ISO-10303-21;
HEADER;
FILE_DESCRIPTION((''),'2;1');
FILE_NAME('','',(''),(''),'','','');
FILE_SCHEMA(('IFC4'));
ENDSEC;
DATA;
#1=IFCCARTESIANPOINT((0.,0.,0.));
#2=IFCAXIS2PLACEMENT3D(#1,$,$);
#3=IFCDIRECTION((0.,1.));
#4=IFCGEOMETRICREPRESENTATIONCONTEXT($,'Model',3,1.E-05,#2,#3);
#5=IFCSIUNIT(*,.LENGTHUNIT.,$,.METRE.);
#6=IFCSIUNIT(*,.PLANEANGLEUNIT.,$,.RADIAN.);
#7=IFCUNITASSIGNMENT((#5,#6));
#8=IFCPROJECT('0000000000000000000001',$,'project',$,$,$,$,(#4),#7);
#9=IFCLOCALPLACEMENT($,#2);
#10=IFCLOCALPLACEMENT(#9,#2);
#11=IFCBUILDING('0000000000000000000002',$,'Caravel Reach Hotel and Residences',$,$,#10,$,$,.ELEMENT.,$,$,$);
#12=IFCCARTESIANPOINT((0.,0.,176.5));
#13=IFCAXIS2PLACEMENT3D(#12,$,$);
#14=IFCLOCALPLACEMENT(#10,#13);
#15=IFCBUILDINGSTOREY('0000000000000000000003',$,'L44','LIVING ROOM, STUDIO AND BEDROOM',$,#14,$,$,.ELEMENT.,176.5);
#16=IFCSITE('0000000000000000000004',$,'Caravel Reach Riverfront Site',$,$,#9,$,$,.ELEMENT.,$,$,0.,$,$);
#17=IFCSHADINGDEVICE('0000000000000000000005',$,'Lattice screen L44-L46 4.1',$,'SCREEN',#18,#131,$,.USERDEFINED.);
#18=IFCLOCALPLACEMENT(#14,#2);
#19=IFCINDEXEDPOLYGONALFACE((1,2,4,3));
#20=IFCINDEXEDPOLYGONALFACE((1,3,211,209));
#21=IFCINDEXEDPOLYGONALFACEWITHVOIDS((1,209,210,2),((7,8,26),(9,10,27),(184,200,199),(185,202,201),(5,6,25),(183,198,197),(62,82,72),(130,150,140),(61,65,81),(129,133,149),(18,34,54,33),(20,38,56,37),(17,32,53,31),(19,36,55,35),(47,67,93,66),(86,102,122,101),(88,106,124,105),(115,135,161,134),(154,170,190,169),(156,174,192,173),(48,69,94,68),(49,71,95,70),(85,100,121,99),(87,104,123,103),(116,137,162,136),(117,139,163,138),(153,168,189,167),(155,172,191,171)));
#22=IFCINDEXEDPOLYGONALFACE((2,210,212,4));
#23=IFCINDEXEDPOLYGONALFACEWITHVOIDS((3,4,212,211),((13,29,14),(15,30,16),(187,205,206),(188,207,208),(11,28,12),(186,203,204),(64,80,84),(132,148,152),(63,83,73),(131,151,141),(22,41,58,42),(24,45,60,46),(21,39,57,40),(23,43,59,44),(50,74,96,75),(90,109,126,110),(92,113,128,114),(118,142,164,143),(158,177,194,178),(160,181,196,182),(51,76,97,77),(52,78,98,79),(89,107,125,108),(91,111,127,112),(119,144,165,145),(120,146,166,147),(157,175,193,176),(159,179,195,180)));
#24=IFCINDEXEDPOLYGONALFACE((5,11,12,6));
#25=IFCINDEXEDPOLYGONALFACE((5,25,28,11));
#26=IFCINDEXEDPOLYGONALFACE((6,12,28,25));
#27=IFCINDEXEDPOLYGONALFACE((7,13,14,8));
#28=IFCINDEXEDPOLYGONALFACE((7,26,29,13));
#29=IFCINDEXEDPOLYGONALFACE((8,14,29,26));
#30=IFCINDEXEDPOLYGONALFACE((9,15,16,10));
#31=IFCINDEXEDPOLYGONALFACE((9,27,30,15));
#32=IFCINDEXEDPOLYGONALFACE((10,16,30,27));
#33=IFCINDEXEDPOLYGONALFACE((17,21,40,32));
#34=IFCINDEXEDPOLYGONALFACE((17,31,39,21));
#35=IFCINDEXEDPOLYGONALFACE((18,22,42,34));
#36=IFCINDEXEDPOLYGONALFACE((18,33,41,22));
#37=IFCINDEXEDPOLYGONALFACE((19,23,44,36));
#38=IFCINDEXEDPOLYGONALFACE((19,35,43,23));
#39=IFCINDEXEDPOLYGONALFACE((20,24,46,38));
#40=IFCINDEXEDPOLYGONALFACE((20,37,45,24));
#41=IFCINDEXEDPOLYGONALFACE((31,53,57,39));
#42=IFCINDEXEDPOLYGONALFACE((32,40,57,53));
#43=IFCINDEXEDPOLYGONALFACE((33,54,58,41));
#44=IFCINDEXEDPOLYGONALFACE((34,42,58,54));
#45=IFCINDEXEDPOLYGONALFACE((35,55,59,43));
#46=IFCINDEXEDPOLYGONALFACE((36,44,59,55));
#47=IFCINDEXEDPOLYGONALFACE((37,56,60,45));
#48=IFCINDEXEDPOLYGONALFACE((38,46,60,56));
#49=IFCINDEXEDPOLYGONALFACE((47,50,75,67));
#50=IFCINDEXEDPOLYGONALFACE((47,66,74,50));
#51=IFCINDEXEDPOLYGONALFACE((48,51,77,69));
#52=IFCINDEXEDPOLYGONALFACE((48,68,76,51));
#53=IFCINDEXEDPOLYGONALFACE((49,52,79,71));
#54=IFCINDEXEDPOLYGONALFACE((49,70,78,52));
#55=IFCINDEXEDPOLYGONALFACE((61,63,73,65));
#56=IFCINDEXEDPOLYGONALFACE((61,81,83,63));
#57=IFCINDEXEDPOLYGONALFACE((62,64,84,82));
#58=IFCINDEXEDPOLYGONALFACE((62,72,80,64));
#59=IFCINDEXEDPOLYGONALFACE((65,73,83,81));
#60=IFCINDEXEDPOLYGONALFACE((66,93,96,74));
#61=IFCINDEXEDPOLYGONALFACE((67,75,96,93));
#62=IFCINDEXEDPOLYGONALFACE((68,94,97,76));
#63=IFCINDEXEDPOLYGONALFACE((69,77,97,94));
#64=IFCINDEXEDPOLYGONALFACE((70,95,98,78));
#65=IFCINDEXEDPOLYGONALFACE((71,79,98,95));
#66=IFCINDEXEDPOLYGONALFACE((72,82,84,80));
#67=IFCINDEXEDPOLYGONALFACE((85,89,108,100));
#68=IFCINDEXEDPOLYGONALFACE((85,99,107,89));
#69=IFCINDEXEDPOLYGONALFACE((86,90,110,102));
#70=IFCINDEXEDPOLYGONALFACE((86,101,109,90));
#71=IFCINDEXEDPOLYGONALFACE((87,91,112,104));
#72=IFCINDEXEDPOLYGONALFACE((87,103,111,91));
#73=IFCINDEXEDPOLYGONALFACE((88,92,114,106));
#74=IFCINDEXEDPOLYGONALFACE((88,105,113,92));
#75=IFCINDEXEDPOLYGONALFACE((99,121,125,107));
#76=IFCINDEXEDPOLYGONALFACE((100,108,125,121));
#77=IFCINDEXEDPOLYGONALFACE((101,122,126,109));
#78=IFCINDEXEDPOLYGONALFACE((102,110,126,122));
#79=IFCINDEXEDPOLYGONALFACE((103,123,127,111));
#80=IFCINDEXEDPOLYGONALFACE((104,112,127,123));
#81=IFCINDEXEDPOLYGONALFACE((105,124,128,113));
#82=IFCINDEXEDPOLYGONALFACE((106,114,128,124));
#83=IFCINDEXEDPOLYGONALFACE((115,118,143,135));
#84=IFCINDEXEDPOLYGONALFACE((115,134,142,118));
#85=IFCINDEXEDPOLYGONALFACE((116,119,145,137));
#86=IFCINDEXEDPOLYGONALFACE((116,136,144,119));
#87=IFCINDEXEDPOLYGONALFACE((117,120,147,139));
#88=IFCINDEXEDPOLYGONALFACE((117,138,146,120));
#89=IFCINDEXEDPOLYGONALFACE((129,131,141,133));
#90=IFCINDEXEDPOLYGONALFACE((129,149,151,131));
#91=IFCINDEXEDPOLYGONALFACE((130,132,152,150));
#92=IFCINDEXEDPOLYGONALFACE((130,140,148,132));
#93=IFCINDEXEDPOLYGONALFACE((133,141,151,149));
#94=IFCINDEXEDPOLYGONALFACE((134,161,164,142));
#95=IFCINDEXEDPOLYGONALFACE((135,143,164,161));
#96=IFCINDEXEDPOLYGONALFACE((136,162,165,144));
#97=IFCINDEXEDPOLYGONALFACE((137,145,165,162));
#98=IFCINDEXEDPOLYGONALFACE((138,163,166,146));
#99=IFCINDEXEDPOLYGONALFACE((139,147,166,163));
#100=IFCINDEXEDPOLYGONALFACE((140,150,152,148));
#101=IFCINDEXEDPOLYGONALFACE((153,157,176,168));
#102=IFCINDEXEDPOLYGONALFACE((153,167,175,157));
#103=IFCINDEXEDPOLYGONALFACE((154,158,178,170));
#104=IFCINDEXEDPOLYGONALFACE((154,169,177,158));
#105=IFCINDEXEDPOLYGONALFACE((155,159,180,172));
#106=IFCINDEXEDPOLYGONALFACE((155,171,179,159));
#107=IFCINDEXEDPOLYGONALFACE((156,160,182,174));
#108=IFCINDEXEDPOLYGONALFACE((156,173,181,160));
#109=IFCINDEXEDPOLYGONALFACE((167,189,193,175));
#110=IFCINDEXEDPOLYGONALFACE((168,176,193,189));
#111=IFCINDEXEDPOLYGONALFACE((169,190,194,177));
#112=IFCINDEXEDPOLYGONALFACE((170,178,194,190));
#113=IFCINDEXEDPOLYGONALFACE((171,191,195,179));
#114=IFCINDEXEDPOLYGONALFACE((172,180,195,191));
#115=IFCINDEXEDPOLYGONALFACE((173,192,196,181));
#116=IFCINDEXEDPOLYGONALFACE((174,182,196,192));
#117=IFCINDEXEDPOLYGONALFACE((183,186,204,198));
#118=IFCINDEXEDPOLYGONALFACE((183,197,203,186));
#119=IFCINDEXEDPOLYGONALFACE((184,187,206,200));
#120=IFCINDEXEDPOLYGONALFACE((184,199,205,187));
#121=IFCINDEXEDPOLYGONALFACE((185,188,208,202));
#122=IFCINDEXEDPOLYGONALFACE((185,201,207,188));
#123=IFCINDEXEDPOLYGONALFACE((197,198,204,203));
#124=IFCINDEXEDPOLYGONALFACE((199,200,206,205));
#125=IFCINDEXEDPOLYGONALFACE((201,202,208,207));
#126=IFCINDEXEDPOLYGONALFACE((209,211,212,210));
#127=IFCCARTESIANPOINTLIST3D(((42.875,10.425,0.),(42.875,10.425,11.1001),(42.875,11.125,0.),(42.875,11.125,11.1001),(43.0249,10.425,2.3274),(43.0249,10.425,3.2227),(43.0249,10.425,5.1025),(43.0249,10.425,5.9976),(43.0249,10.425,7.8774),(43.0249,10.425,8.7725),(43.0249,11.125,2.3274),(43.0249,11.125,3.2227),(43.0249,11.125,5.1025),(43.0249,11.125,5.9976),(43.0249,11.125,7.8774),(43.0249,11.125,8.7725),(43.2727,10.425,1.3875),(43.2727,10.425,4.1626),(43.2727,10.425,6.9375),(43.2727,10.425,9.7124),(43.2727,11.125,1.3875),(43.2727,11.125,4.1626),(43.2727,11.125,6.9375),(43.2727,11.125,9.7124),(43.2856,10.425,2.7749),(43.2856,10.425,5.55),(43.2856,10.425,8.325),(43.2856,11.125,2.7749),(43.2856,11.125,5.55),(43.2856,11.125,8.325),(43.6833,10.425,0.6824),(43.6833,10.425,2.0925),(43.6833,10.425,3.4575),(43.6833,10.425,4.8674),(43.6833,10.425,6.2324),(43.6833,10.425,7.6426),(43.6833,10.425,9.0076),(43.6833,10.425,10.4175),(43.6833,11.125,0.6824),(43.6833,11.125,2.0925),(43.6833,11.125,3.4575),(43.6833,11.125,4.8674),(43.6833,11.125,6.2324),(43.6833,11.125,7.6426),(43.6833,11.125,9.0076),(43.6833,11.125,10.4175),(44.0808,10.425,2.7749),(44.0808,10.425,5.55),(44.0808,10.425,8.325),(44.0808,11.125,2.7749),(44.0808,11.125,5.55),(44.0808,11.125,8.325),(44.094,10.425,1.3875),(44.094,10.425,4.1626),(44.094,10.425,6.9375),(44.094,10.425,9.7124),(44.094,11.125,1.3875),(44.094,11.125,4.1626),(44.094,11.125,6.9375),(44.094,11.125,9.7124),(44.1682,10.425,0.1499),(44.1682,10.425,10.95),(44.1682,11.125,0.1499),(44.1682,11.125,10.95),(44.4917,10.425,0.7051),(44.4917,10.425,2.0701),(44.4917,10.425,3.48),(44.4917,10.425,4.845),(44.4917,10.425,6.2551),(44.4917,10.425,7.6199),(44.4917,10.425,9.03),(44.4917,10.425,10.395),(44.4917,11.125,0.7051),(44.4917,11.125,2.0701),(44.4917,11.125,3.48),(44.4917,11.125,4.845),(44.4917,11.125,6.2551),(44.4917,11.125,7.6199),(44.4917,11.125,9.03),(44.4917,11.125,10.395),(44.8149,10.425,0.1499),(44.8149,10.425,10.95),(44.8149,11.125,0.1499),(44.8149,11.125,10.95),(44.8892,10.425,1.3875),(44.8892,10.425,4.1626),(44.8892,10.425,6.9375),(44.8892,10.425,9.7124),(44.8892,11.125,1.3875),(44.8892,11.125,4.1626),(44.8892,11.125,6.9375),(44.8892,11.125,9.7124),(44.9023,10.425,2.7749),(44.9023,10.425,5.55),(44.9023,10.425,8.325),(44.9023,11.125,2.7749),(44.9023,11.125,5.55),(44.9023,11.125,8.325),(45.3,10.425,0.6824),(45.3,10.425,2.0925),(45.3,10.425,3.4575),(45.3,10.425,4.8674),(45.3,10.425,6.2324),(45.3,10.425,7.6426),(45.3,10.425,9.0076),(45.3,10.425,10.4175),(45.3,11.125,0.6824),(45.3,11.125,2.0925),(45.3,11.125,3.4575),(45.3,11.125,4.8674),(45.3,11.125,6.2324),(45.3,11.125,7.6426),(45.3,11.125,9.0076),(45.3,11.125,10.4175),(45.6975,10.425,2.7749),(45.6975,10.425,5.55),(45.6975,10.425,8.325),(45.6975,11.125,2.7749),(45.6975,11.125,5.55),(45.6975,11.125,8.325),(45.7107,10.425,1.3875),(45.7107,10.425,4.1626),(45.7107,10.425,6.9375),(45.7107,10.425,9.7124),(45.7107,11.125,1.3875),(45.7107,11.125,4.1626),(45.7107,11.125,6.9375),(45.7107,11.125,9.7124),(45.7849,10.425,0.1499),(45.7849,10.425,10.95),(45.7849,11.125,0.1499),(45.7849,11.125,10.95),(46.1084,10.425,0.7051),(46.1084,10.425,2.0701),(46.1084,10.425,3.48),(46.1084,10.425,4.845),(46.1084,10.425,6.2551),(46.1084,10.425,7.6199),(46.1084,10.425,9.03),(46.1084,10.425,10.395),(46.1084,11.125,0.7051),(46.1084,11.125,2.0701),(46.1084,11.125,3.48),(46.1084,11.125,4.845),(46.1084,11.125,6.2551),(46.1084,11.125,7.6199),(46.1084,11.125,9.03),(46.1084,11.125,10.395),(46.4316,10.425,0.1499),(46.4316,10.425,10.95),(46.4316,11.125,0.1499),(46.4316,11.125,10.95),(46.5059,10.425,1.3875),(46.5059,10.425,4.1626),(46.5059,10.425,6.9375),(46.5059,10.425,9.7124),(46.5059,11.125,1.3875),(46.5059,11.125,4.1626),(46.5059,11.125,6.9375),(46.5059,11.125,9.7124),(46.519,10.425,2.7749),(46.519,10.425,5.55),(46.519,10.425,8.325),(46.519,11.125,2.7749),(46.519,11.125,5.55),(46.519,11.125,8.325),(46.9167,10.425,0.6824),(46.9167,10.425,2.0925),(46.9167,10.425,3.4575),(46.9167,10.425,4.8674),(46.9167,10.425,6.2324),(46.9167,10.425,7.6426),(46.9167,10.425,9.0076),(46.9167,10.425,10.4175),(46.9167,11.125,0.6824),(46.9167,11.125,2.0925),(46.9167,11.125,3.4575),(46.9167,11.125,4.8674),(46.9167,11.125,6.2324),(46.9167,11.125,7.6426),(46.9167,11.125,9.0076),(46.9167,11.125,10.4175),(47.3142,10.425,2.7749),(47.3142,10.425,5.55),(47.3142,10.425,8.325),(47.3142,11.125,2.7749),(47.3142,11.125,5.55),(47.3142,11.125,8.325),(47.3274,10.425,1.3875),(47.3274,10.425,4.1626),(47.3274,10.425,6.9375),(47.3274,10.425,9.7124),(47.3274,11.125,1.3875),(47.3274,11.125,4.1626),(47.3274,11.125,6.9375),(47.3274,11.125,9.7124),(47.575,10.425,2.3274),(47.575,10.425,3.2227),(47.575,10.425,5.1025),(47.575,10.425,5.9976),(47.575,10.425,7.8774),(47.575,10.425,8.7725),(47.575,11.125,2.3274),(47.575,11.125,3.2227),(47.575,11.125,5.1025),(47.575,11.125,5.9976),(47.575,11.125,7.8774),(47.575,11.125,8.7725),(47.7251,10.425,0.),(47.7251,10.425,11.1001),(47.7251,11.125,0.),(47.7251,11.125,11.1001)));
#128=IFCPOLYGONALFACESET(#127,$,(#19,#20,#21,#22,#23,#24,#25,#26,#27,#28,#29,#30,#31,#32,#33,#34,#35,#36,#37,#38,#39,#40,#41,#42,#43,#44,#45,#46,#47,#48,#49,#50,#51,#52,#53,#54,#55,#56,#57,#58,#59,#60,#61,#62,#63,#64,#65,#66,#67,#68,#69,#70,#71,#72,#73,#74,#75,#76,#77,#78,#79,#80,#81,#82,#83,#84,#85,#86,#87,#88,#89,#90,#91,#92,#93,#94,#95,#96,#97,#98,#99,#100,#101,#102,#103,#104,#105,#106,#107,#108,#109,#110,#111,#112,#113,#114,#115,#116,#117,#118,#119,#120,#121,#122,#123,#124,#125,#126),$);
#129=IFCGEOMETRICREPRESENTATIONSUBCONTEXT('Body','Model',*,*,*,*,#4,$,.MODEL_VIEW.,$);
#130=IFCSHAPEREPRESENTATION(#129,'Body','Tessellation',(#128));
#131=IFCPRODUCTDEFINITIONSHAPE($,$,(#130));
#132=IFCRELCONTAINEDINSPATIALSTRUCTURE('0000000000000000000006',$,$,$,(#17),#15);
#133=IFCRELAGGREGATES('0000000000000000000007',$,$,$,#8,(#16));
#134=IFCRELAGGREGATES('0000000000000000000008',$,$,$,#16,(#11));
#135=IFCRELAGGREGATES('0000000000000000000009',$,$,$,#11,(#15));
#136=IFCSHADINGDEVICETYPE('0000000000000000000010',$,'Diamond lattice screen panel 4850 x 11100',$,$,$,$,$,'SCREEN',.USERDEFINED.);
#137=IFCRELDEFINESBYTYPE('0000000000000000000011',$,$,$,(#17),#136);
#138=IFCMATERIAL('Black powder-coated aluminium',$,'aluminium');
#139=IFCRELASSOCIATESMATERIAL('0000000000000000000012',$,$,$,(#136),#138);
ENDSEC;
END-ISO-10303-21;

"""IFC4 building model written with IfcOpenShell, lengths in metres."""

from ifc_helpers import new_model, si_unit, direction, frame, origin, place, context, subcontext, project, spatial, polyline, outline, extrude, material, type_object, element, save


model = new_model("IFC4")

# Units and contexts
model_context = context("Model", 3, precision=1e-05, world=origin(), true_north=direction((0.0, 1.0)))
body_context = subcontext(model_context, "Body", "Model", "MODEL_VIEW")
ifc_project = project(units=[si_unit("LENGTHUNIT", "METRE"), si_unit("PLANEANGLEUNIT", "RADIAN")], contexts=[model_context])

# Site, building, storey
site_placement = place(None, origin())
site = spatial("IfcSite", under=ifc_project, at=site_placement, Name="Caravel Reach Riverfront Site", CompositionType="ELEMENT", RefElevation=0.0)
building_placement = place(site_placement, origin())
building = spatial("IfcBuilding", under=site, at=building_placement, Name="Caravel Reach Hotel and Residences", CompositionType="ELEMENT")
storey_placement = place(building_placement, frame((0.0, 0.0, 176.5)))
storey = spatial("IfcBuildingStorey", under=building, at=storey_placement, Name="L44", Description="LIVING ROOM, STUDIO AND BEDROOM", CompositionType="ELEMENT", Elevation=176.5)

# Shading device
ifc_material_1 = material(Name="Black powder-coated aluminium", Category="aluminium")
shading_device_type_1 = type_object("IfcShadingDeviceType", Name="Diamond lattice screen panel 4850 x 11100", ElementType="SCREEN", PredefinedType="USERDEFINED", material=ifc_material_1)
shading_device_1_placement = place(storey_placement, frame((42.875, 11.125, 0.0), z_axis=(0.0, -1.0, 0.0), x_axis=(1.0, 0.0, 0.0)))
element("IfcShadingDevice", 1, at=shading_device_1_placement, inside=storey, type_object=shading_device_type_1, Name="Lattice screen L44-L46 4.1", ObjectType="SCREEN", PredefinedType="USERDEFINED", context=body_context, shape_type="SweptSolid", body=[
    extrude(outline(polyline([(0.0, 0.0), (4.8501, 0.0), (4.8501, 11.1001), (0.0, 11.1001), (0.0, 0.0)]), holes=[polyline([(0.4106, 2.7749), (0.1499, 3.2227), (0.1499, 2.3274), (0.4106, 2.7749)]), polyline([(0.4106, 5.55), (0.1499, 5.9976), (0.1499, 5.1025), (0.4106, 5.55)]), polyline([(0.4106, 8.325), (0.1499, 8.7725), (0.1499, 7.8774), (0.4106, 8.325)]), polyline([(0.8083, 2.0925), (0.3977, 1.3875), (0.8083, 0.6824), (1.219, 1.3875), (0.8083, 2.0925)]), polyline([(0.8083, 4.8674), (0.3977, 4.1626), (0.8083, 3.4575), (1.219, 4.1626), (0.8083, 4.8674)]), polyline([(0.8083, 7.6426), (0.3977, 6.9375), (0.8083, 6.2324), (1.219, 6.9375), (0.8083, 7.6426)]), polyline([(0.8083, 10.4175), (0.3977, 9.7124), (0.8083, 9.0076), (1.219, 9.7124), (0.8083, 10.4175)]), polyline([(1.6167, 0.7051), (1.2932, 0.1499), (1.9399, 0.1499), (1.6167, 0.7051)]), polyline([(1.6167, 3.48), (1.2058, 2.7749), (1.6167, 2.0701), (2.0273, 2.7749), (1.6167, 3.48)]), polyline([(1.6167, 6.2551), (1.2058, 5.55), (1.6167, 4.845), (2.0273, 5.55), (1.6167, 6.2551)]), polyline([(1.6167, 9.03), (1.2058, 8.325), (1.6167, 7.6199), (2.0273, 8.325), (1.6167, 9.03)]), polyline([(1.6167, 10.395), (1.9399, 10.95), (1.2932, 10.95), (1.6167, 10.395)]), polyline([(2.425, 2.0925), (2.0142, 1.3875), (2.425, 0.6824), (2.8357, 1.3875), (2.425, 2.0925)]), polyline([(2.425, 4.8674), (2.0142, 4.1626), (2.425, 3.4575), (2.8357, 4.1626), (2.425, 4.8674)]), polyline([(2.425, 7.6426), (2.0142, 6.9375), (2.425, 6.2324), (2.8357, 6.9375), (2.425, 7.6426)]), polyline([(2.425, 10.4175), (2.0142, 9.7124), (2.425, 9.0076), (2.8357, 9.7124), (2.425, 10.4175)]), polyline([(3.2334, 0.7051), (2.9099, 0.1499), (3.5566, 0.1499), (3.2334, 0.7051)]), polyline([(3.2334, 3.48), (2.8225, 2.7749), (3.2334, 2.0701), (3.644, 2.7749), (3.2334, 3.48)]), polyline([(3.2334, 6.2551), (2.8225, 5.55), (3.2334, 4.845), (3.644, 5.55), (3.2334, 6.2551)]), polyline([(3.2334, 9.03), (2.8225, 8.325), (3.2334, 7.6199), (3.644, 8.325), (3.2334, 9.03)]), polyline([(3.2334, 10.395), (3.5566, 10.95), (2.9099, 10.95), (3.2334, 10.395)]), polyline([(4.0417, 2.0925), (3.6309, 1.3875), (4.0417, 0.6824), (4.4524, 1.3875), (4.0417, 2.0925)]), polyline([(4.0417, 4.8674), (3.6309, 4.1626), (4.0417, 3.4575), (4.4524, 4.1626), (4.0417, 4.8674)]), polyline([(4.0417, 7.6426), (3.6309, 6.9375), (4.0417, 6.2324), (4.4524, 6.9375), (4.0417, 7.6426)]), polyline([(4.0417, 10.4175), (3.6309, 9.7124), (4.0417, 9.0076), (4.4524, 9.7124), (4.0417, 10.4175)]), polyline([(4.4392, 2.7749), (4.7, 2.3274), (4.7, 3.2227), (4.4392, 2.7749)]), polyline([(4.4392, 5.55), (4.7, 5.1025), (4.7, 5.9976), (4.4392, 5.55)]), polyline([(4.4392, 8.325), (4.7, 7.8774), (4.7, 8.7725), (4.4392, 8.325)])]), origin(), (0.0, 0.0, 1.0), 0.7),
])

save(model, "model.ifc")
